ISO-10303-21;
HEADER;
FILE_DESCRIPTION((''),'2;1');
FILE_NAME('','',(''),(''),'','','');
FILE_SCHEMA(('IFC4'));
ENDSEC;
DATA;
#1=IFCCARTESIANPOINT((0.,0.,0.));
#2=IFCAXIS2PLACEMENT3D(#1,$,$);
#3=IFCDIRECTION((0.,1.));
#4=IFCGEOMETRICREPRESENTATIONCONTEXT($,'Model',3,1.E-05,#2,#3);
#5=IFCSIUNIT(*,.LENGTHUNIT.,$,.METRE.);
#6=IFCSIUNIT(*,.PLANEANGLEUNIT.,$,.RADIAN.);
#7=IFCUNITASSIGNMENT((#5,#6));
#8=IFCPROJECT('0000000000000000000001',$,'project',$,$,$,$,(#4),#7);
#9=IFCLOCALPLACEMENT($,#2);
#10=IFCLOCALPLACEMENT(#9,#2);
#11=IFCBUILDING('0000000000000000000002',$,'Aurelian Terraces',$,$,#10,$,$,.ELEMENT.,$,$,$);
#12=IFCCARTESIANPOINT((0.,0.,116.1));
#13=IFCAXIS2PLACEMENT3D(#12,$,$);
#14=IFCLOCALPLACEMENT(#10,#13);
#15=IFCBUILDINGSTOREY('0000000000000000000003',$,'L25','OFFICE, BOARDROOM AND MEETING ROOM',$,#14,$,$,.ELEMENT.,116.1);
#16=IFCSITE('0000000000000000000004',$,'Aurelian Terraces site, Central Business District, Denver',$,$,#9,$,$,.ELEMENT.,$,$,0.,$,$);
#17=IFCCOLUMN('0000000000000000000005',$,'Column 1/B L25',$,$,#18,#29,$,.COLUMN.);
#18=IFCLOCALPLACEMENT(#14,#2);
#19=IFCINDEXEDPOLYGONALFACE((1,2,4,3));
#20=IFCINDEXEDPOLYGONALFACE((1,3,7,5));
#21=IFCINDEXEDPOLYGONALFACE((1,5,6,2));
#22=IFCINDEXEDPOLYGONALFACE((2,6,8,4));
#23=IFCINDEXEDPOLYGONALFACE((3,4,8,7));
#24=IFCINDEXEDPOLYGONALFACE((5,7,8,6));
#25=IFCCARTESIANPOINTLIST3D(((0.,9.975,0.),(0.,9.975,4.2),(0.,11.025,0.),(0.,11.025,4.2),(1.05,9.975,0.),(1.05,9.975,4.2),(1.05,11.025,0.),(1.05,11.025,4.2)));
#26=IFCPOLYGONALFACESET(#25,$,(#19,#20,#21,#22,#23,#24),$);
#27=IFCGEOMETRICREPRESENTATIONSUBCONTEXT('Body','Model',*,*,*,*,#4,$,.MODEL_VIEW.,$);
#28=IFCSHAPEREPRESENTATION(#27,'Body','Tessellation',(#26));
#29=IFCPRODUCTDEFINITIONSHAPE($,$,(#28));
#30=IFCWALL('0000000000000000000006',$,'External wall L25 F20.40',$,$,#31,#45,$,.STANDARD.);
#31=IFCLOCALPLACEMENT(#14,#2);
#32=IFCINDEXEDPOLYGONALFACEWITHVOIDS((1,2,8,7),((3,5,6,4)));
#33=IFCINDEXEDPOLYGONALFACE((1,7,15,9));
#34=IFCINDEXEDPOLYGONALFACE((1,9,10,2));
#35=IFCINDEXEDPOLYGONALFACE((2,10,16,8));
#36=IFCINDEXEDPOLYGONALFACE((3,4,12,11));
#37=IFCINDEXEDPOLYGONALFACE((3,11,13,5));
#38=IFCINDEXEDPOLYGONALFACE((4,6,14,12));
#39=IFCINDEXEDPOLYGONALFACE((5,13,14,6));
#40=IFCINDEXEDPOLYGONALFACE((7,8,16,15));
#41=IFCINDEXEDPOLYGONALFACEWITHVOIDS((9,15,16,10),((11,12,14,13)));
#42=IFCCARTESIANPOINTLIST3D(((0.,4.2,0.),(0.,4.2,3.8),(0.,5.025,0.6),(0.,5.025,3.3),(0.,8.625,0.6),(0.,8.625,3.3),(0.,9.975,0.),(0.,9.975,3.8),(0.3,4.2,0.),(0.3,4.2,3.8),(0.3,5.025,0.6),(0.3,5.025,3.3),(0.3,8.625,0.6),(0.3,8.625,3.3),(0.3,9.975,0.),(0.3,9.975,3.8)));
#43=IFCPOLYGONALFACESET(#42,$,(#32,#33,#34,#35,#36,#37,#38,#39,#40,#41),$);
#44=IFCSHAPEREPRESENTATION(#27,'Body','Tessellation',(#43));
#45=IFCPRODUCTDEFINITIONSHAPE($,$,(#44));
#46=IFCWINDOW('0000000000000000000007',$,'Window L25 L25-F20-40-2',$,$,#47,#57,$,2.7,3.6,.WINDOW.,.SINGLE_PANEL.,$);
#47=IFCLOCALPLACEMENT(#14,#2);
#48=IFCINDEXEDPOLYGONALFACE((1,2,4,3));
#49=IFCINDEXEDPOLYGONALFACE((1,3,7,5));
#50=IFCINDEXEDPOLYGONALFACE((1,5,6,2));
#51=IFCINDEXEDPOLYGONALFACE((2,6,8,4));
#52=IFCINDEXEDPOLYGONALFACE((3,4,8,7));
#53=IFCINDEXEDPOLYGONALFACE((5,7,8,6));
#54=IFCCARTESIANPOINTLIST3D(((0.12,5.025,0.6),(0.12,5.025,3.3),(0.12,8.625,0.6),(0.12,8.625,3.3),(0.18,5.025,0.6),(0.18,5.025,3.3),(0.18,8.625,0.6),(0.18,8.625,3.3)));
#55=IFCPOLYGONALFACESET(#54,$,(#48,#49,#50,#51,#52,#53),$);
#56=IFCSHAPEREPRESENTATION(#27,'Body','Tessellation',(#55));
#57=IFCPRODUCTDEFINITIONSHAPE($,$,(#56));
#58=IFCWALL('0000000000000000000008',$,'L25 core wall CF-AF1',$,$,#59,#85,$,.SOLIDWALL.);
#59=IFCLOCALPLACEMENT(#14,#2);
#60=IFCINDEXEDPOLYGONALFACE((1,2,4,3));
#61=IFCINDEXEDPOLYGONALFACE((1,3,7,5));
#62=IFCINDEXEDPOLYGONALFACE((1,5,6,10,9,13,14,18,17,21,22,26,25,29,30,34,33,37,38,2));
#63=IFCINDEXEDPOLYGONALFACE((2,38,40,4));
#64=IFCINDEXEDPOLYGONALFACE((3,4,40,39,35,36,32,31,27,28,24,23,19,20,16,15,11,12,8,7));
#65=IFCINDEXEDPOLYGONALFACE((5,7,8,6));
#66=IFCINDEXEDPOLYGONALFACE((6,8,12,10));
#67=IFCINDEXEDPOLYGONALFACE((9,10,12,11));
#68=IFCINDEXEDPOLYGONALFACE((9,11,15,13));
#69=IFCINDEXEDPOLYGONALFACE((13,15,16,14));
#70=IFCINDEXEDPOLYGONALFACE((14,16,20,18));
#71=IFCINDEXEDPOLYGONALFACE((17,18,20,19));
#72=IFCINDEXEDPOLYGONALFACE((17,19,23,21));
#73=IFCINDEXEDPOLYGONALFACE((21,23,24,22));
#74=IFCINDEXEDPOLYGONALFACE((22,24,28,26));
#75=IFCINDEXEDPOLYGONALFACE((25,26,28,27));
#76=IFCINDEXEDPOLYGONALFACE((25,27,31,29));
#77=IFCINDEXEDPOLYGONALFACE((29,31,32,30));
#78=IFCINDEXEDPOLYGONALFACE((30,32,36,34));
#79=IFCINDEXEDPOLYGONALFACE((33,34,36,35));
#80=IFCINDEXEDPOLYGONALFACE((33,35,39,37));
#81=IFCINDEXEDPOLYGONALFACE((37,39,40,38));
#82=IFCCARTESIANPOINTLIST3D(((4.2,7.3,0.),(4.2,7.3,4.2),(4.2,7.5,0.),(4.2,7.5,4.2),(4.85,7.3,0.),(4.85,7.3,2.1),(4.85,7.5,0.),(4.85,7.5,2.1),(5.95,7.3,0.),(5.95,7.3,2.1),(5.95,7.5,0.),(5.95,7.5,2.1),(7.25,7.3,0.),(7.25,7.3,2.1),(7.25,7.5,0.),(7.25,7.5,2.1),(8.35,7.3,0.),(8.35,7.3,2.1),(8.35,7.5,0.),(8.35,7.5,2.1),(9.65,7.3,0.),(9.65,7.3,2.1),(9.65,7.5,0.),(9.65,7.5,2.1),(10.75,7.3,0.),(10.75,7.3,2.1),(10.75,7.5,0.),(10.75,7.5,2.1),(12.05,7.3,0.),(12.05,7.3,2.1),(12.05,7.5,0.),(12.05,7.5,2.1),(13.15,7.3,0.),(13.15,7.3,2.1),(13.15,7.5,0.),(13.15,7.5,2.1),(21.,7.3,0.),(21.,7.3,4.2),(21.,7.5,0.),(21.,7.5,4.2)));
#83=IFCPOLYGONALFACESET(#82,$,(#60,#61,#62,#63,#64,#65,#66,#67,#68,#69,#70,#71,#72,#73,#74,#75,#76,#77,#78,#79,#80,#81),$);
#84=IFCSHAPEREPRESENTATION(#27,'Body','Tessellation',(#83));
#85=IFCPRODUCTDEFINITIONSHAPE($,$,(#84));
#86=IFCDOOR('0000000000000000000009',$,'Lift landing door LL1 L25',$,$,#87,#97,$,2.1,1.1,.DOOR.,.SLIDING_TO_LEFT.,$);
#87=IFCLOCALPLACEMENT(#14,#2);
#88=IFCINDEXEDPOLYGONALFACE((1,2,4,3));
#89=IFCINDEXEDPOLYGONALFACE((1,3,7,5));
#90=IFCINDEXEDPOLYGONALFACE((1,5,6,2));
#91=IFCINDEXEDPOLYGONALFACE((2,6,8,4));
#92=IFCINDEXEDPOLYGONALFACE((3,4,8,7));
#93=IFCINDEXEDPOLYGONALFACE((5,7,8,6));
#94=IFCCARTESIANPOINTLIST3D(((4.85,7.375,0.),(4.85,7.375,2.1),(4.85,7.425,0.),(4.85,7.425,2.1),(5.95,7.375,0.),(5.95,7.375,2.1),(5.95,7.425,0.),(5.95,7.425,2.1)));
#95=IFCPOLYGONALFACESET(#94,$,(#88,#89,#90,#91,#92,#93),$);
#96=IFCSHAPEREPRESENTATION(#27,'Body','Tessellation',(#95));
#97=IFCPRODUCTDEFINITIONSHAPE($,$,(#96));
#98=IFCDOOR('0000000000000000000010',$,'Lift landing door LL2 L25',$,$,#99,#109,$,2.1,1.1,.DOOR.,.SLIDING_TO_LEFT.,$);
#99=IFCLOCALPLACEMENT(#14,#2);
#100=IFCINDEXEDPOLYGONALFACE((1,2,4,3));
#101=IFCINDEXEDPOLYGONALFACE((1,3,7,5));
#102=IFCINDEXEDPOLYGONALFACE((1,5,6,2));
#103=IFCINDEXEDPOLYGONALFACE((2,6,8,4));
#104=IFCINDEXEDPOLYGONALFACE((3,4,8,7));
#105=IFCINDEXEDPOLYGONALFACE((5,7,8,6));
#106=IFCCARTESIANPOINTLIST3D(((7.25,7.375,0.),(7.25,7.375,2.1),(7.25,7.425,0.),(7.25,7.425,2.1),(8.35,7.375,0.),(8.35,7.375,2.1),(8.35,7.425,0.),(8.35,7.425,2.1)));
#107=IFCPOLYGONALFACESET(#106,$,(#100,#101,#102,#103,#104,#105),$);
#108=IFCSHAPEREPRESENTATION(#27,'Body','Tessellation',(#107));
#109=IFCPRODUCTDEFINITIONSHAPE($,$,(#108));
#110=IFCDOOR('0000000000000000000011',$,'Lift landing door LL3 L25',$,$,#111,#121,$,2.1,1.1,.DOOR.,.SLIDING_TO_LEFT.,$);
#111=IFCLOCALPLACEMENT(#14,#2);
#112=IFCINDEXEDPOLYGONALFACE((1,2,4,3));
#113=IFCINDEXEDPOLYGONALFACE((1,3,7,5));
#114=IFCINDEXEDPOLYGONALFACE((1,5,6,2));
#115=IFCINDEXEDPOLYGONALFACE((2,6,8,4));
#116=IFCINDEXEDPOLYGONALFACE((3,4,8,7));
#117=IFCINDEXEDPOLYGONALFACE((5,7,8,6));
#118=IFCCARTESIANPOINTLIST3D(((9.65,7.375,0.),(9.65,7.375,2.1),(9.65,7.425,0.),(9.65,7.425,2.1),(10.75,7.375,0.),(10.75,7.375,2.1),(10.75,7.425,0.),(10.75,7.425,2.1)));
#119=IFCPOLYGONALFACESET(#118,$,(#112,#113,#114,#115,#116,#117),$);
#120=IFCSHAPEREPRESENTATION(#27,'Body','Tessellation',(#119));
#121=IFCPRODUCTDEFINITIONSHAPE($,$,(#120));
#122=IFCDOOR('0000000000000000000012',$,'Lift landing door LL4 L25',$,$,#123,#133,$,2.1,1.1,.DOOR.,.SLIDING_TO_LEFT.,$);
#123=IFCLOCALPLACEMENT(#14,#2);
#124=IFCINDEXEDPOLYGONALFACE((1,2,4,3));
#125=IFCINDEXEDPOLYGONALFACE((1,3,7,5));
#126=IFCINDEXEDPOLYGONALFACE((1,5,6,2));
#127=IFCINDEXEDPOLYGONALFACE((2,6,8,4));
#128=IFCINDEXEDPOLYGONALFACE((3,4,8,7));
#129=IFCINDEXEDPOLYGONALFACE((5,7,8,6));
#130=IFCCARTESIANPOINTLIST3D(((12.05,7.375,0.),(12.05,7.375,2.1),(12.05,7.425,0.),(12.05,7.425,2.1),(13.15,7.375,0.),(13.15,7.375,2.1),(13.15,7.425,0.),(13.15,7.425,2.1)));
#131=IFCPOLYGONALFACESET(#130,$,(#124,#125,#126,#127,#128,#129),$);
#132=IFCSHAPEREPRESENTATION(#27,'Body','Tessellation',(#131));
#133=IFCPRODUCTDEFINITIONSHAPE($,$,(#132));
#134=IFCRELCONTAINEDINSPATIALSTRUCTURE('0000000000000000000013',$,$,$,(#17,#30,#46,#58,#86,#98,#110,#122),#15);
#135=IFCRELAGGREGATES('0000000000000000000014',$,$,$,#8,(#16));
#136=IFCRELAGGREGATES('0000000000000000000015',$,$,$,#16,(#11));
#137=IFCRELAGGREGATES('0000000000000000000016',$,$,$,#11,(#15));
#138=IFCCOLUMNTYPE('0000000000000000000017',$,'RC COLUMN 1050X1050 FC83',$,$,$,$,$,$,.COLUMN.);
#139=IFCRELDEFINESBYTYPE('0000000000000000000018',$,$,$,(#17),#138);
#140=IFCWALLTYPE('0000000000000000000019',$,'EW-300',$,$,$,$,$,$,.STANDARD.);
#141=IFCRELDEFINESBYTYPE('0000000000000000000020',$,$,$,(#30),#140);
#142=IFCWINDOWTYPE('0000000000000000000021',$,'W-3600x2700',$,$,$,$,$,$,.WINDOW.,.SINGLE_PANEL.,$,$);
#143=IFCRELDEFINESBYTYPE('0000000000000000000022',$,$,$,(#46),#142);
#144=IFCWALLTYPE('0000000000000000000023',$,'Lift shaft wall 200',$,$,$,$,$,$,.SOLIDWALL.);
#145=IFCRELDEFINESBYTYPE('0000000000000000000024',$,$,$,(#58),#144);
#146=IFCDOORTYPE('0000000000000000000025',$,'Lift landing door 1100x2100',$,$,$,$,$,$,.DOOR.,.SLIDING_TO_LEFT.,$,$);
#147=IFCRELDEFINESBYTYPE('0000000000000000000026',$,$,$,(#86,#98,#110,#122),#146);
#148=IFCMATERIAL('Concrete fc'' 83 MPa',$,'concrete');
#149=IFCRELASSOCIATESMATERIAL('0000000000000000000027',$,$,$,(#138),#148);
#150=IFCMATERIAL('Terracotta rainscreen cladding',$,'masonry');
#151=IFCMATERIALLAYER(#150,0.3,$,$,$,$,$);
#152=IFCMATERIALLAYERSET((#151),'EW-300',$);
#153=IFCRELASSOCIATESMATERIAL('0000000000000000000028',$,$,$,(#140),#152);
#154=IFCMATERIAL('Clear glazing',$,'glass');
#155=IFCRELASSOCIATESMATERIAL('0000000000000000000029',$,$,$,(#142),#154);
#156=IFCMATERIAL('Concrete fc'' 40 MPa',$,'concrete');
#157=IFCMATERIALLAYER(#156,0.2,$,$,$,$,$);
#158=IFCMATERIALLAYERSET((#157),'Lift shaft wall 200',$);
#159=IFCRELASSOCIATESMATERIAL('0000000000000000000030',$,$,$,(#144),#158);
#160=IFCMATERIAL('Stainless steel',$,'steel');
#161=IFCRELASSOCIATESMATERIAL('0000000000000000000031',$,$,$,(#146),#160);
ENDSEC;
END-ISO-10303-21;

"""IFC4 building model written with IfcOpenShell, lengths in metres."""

from ifc_helpers import new_model, si_unit, direction, frame, frame_2d, origin, origin_2d, place, context, subcontext, project, spatial, rectangle, extrude, source, transform, mapped, material, layer, layer_set, material_profile, profile_set, type_object, element, fill, save


model = new_model("IFC4")

# Units and contexts
model_context = context("Model", 3, precision=1e-05, world=origin(), true_north=direction((0.0, 1.0)))
body_context = subcontext(model_context, "Body", "Model", "MODEL_VIEW")
ifc_project = project(units=[si_unit("LENGTHUNIT", "METRE"), si_unit("PLANEANGLEUNIT", "RADIAN")], contexts=[model_context])

# Site, building, storey
site_placement = place(None, origin())
site = spatial("IfcSite", under=ifc_project, at=site_placement, Name="Aurelian Terraces site, Central Business District, Denver", CompositionType="ELEMENT", RefElevation=0.0)
building_placement = place(site_placement, origin())
building = spatial("IfcBuilding", under=site, at=building_placement, Name="Aurelian Terraces", CompositionType="ELEMENT")
storey_placement = place(building_placement, frame((0.0, 0.0, 116.1)))
storey = spatial("IfcBuildingStorey", under=building, at=storey_placement, Name="L25", Description="OFFICE, BOARDROOM AND MEETING ROOM", CompositionType="ELEMENT", Elevation=116.1)

# Column
ifc_material_1 = material(Name="Concrete fc' 83 MPa", Category="concrete")
ifc_material_profile = material_profile(ifc_material_1, rectangle(XDim=1.05, YDim=1.05, at=origin_2d()))
ifc_profile_set = profile_set([ifc_material_profile], Name="Concrete fc' 83 MPa")
column_type = type_object("IfcColumnType", Name="RC COLUMN 1050X1050 FC83", PredefinedType="COLUMN", material=ifc_profile_set)
shared_shape_1 = source(origin(), body_context, "Body", "SweptSolid", [
    extrude(rectangle(XDim=1.05, YDim=1.05, at=origin_2d()), origin(), (0.0, 0.0, 1.0), 4.2),
])
column_placement = place(storey_placement, frame((0.525, 10.5, 0.0), z_axis=(0.0, 0.0, 1.0), x_axis=(1.0, 0.0, 0.0)))
element("IfcColumn", 1, at=column_placement, inside=storey, type_object=column_type, Name="Column 1/B L25", PredefinedType="COLUMN", context=body_context, shape_type="MappedRepresentation", body=[
    mapped(shared_shape_1, transform((0.0, 0.0, 0.0), scale=1.0)),
])

# Wall, opening, window
ifc_material_2 = material(Name="Terracotta rainscreen cladding", Category="masonry")
ifc_layer_1 = layer(ifc_material_2, 0.3)
ifc_layer_set_1 = layer_set([ifc_layer_1], Name="EW-300")
wall_type_1 = type_object("IfcWallType", Name="EW-300", PredefinedType="STANDARD", material=ifc_layer_set_1)
shared_shape_2 = source(origin(), body_context, "Body", "SweptSolid", [
    extrude(rectangle(XDim=5.775, YDim=0.3, at=frame_2d((2.8875, 0.0))), origin(), (0.0, 0.0, 1.0), 3.8),
])
wall_1_placement = place(storey_placement, frame((0.15, 9.975, 0.0), z_axis=(0.0, 0.0, 1.0), x_axis=(0.0, -1.0, 0.0)))
wall_1 = element("IfcWall", 2, at=wall_1_placement, inside=storey, type_object=wall_type_1, Name="External wall L25 F20.40", PredefinedType="STANDARD", context=body_context, shape_type="MappedRepresentation", body=[
    mapped(shared_shape_2, transform((0.0, 0.0, 0.0), scale=1.0)),
])
shared_shape_3 = source(origin(), body_context, "Body", "SweptSolid", [
    extrude(rectangle(XDim=3.6, YDim=2.7, at=frame_2d((1.8, 1.35))), frame((0.0, 0.16, 0.0), z_axis=(0.0, -1.0, 0.0), x_axis=(1.0, 0.0, 0.0)), (0.0, 0.0, 1.0), 0.32),
])
opening_1_placement = place(wall_1_placement, frame((1.35, 0.0, 0.6)))
opening_1 = element("IfcOpeningElement", 3, at=opening_1_placement, cuts=wall_1, PredefinedType="OPENING", context=body_context, shape_type="MappedRepresentation", body=[
    mapped(shared_shape_3, transform((0.0, 0.0, 0.0), scale=1.0)),
])
ifc_material_3 = material(Name="Clear glazing", Category="glass")
window_type = type_object("IfcWindowType", Name="W-3600x2700", PartitioningType="SINGLE_PANEL", PredefinedType="WINDOW", material=ifc_material_3)
shared_shape_4 = source(origin(), body_context, "Body", "SweptSolid", [
    extrude(rectangle(XDim=3.6, YDim=2.7, at=frame_2d((1.8, 1.35))), frame((0.0, 0.03, 0.0), z_axis=(0.0, -1.0, 0.0), x_axis=(1.0, 0.0, 0.0)), (0.0, 0.0, 1.0), 0.06),
])
window_placement = place(opening_1_placement, origin())
window = element("IfcWindow", 4, at=window_placement, inside=storey, type_object=window_type, Name="Window L25 L25-F20-40-2", OverallHeight=2.7, OverallWidth=3.6, PartitioningType="SINGLE_PANEL", PredefinedType="WINDOW", context=body_context, shape_type="MappedRepresentation", body=[
    mapped(shared_shape_4, transform((0.0, 0.0, 0.0), scale=1.0)),
])
fill(opening_1, window)

# Wall, openings, doors
ifc_material_4 = material(Name="Concrete fc' 40 MPa", Category="concrete")
ifc_layer_2 = layer(ifc_material_4, 0.2)
ifc_layer_set_2 = layer_set([ifc_layer_2], Name="Lift shaft wall 200")
wall_type_2 = type_object("IfcWallType", Name="Lift shaft wall 200", PredefinedType="SOLIDWALL", material=ifc_layer_set_2)
shared_shape_5 = source(origin(), body_context, "Body", "SweptSolid", [
    extrude(rectangle(XDim=16.8, YDim=0.2, at=frame_2d((8.4, 0.0))), origin(), (0.0, 0.0, 1.0), 4.2),
])
wall_2_placement = place(storey_placement, frame((4.2, 7.4, 0.0), z_axis=(0.0, 0.0, 1.0), x_axis=(1.0, 0.0, 0.0)))
wall_2 = element("IfcWall", 5, at=wall_2_placement, inside=storey, type_object=wall_type_2, Name="L25 core wall CF-AF1", PredefinedType="SOLIDWALL", context=body_context, shape_type="MappedRepresentation", body=[
    mapped(shared_shape_5, transform((0.0, 0.0, 0.0), scale=1.0)),
])
shared_shape_6 = source(origin(), body_context, "Body", "SweptSolid", [
    extrude(rectangle(XDim=1.1, YDim=2.1, at=frame_2d((0.55, 1.05))), frame((0.0, 0.11, 0.0), z_axis=(0.0, -1.0, 0.0), x_axis=(1.0, 0.0, 0.0)), (0.0, 0.0, 1.0), 0.22),
])
opening_2_placement = place(wall_2_placement, frame((0.65, 0.0, 0.0)))
opening_2 = element("IfcOpeningElement", 6, at=opening_2_placement, cuts=wall_2, PredefinedType="OPENING", context=body_context, shape_type="MappedRepresentation", body=[
    mapped(shared_shape_6, transform((0.0, 0.0, 0.0), scale=1.0)),
])
opening_3_placement = place(wall_2_placement, frame((3.05, 0.0, 0.0)))
opening_3 = element("IfcOpeningElement", 7, at=opening_3_placement, cuts=wall_2, PredefinedType="OPENING", context=body_context, shape_type="MappedRepresentation", body=[
    mapped(shared_shape_6, transform((0.0, 0.0, 0.0), scale=1.0)),
])
opening_4_placement = place(wall_2_placement, frame((5.45, 0.0, 0.0)))
opening_4 = element("IfcOpeningElement", 8, at=opening_4_placement, cuts=wall_2, PredefinedType="OPENING", context=body_context, shape_type="MappedRepresentation", body=[
    mapped(shared_shape_6, transform((0.0, 0.0, 0.0), scale=1.0)),
])
opening_5_placement = place(wall_2_placement, frame((7.85, 0.0, 0.0)))
opening_5 = element("IfcOpeningElement", 9, at=opening_5_placement, cuts=wall_2, PredefinedType="OPENING", context=body_context, shape_type="MappedRepresentation", body=[
    mapped(shared_shape_6, transform((0.0, 0.0, 0.0), scale=1.0)),
])
ifc_material_5 = material(Name="Stainless steel", Category="steel")
door_type = type_object("IfcDoorType", Name="Lift landing door 1100x2100", OperationType="SLIDING_TO_LEFT", PredefinedType="DOOR", material=ifc_material_5)
shared_shape_7 = source(origin(), body_context, "Body", "SweptSolid", [
    extrude(rectangle(XDim=1.1, YDim=2.1, at=frame_2d((0.55, 1.05))), frame((0.0, 0.025, 0.0), z_axis=(0.0, -1.0, 0.0), x_axis=(1.0, 0.0, 0.0)), (0.0, 0.0, 1.0), 0.05),
])
door_1_placement = place(opening_2_placement, origin())
door_1 = element("IfcDoor", 10, at=door_1_placement, inside=storey, type_object=door_type, Name="Lift landing door LL1 L25", OperationType="SLIDING_TO_LEFT", OverallHeight=2.1, OverallWidth=1.1, PredefinedType="DOOR", context=body_context, shape_type="MappedRepresentation", body=[
    mapped(shared_shape_7, transform((0.0, 0.0, 0.0), scale=1.0)),
])
fill(opening_2, door_1)
door_2_placement = place(opening_3_placement, origin())
door_2 = element("IfcDoor", 11, at=door_2_placement, inside=storey, type_object=door_type, Name="Lift landing door LL2 L25", OperationType="SLIDING_TO_LEFT", OverallHeight=2.1, OverallWidth=1.1, PredefinedType="DOOR", context=body_context, shape_type="MappedRepresentation", body=[
    mapped(shared_shape_7, transform((0.0, 0.0, 0.0), scale=1.0)),
])
fill(opening_3, door_2)
door_3_placement = place(opening_4_placement, origin())
door_3 = element("IfcDoor", 12, at=door_3_placement, inside=storey, type_object=door_type, Name="Lift landing door LL3 L25", OperationType="SLIDING_TO_LEFT", OverallHeight=2.1, OverallWidth=1.1, PredefinedType="DOOR", context=body_context, shape_type="MappedRepresentation", body=[
    mapped(shared_shape_7, transform((0.0, 0.0, 0.0), scale=1.0)),
])
fill(opening_4, door_3)
door_4_placement = place(opening_5_placement, origin())
door_4 = element("IfcDoor", 13, at=door_4_placement, inside=storey, type_object=door_type, Name="Lift landing door LL4 L25", OperationType="SLIDING_TO_LEFT", OverallHeight=2.1, OverallWidth=1.1, PredefinedType="DOOR", context=body_context, shape_type="MappedRepresentation", body=[
    mapped(shared_shape_7, transform((0.0, 0.0, 0.0), scale=1.0)),
])
fill(opening_5, door_4)

save(model, "model.ifc")
